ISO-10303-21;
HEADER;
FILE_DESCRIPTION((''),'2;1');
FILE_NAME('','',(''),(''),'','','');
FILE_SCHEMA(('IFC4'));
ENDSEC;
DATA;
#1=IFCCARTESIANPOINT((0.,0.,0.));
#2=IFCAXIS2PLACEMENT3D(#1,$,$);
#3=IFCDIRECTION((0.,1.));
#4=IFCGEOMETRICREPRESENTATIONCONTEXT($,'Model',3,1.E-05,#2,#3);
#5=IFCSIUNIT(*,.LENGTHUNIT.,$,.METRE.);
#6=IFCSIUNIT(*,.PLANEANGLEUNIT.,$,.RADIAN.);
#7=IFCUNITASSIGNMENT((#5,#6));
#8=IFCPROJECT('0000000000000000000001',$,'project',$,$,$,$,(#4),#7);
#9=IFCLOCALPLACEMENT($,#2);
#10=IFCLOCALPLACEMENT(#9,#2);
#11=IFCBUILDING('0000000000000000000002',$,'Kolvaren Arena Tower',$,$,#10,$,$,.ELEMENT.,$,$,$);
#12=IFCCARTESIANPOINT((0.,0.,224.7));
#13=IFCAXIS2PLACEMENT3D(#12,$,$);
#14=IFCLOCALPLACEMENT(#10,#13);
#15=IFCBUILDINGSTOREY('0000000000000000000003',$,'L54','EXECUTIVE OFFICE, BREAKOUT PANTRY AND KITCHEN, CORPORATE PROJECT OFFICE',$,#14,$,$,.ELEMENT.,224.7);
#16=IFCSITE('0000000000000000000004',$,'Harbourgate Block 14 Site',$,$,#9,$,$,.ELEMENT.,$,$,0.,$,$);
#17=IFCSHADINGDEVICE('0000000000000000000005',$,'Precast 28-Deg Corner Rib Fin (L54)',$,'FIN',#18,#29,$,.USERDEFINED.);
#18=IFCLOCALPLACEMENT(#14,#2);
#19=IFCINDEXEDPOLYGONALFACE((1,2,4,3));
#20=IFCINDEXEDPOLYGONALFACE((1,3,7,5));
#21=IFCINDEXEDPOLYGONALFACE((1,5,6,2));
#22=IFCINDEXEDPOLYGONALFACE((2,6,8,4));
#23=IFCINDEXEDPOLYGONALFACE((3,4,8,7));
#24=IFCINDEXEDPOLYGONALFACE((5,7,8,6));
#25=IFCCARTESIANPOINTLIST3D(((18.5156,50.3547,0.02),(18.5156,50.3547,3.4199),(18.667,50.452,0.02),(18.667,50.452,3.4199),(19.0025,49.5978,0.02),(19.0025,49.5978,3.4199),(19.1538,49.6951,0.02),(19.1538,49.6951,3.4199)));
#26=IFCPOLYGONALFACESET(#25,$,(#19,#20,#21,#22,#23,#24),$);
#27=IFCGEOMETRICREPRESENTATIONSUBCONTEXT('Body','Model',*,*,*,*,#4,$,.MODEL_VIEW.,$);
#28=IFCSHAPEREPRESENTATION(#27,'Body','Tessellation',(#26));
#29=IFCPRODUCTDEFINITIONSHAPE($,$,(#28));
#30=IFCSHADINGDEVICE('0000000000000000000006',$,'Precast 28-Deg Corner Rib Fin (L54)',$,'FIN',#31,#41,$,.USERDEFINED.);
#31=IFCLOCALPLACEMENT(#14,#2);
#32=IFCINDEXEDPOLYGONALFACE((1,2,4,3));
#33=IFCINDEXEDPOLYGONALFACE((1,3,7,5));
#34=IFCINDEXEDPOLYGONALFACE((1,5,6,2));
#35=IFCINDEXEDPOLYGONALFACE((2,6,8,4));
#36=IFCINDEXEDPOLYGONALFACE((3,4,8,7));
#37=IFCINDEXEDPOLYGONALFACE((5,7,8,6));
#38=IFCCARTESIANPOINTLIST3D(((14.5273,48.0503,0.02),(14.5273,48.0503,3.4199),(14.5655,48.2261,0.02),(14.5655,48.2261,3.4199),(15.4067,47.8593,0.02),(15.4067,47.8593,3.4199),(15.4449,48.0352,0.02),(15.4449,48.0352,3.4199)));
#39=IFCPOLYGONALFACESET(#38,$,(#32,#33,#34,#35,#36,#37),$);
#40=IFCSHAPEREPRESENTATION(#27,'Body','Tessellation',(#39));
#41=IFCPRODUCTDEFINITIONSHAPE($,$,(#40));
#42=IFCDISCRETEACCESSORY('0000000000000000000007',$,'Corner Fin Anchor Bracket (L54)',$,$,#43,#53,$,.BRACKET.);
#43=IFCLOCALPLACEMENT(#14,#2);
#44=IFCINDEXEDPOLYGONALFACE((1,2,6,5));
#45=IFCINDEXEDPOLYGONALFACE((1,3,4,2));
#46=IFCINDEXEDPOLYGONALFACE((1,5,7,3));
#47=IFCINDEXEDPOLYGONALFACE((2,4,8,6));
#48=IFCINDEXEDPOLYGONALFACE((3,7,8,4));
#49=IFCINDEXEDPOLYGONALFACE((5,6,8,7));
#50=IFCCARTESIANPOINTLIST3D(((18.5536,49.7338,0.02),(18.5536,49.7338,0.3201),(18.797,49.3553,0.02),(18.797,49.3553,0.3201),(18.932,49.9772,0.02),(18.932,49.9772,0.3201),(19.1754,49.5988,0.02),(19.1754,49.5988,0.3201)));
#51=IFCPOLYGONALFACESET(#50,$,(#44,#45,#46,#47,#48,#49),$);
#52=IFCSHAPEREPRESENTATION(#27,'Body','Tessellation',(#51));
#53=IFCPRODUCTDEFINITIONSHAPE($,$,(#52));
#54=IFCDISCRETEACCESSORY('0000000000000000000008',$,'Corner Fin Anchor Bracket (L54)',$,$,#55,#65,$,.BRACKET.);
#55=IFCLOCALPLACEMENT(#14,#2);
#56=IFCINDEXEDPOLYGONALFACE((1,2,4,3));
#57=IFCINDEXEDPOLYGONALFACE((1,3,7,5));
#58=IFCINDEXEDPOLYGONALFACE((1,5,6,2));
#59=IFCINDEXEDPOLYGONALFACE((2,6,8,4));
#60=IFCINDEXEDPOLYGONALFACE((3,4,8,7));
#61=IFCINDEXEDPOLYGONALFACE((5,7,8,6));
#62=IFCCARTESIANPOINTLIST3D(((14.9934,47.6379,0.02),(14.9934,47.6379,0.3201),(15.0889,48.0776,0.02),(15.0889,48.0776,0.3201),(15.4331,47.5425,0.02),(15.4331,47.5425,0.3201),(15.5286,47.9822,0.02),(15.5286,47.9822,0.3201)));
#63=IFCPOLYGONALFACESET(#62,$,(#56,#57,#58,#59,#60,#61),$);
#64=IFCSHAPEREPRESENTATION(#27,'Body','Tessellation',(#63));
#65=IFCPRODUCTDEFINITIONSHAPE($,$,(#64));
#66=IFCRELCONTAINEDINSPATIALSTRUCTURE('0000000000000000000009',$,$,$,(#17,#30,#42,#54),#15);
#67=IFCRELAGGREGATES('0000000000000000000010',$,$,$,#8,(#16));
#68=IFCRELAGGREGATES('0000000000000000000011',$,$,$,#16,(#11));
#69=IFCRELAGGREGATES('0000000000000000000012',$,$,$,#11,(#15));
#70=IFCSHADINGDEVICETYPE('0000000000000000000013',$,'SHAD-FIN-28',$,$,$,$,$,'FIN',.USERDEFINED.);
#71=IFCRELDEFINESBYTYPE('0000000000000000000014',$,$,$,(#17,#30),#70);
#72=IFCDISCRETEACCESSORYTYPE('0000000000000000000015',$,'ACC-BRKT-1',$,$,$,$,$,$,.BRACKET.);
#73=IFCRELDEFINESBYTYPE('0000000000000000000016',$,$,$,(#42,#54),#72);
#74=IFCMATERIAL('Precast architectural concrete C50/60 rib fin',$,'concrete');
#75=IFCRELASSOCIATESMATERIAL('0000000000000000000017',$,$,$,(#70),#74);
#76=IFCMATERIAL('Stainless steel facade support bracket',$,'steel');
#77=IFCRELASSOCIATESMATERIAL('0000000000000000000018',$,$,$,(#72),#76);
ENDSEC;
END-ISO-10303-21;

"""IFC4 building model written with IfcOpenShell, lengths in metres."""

from ifc_helpers import new_model, si_unit, direction, frame, origin, origin_2d, place, context, subcontext, project, spatial, rectangle, extrude, material, type_object, element, save


model = new_model("IFC4")

# Units and contexts
model_context = context("Model", 3, precision=1e-05, world=origin(), true_north=direction((0.0, 1.0)))
body_context = subcontext(model_context, "Body", "Model", "MODEL_VIEW")
ifc_project = project(units=[si_unit("LENGTHUNIT", "METRE"), si_unit("PLANEANGLEUNIT", "RADIAN")], contexts=[model_context])

# Site, building, storey
site_placement = place(None, origin())
site = spatial("IfcSite", under=ifc_project, at=site_placement, Name="Harbourgate Block 14 Site", CompositionType="ELEMENT", RefElevation=0.0)
building_placement = place(site_placement, origin())
building = spatial("IfcBuilding", under=site, at=building_placement, Name="Kolvaren Arena Tower", CompositionType="ELEMENT")
storey_placement = place(building_placement, frame((0.0, 0.0, 224.7)))
storey = spatial("IfcBuildingStorey", under=building, at=storey_placement, Name="L54", Description="EXECUTIVE OFFICE, BREAKOUT PANTRY AND KITCHEN, CORPORATE PROJECT OFFICE", CompositionType="ELEMENT", Elevation=224.7)

# Shading devices
ifc_material_1 = material(Name="Precast architectural concrete C50/60 rib fin", Category="concrete")
shading_device_type = type_object("IfcShadingDeviceType", Name="SHAD-FIN-28", ElementType="FIN", PredefinedType="USERDEFINED", material=ifc_material_1)
for number, where, z_axis, x_axis, name in (
    (1, (18.8347, 50.0249, 0.02), (0.0, 0.0, 1.0), (-0.540982, 0.841034, 0.0), "Precast 28-Deg Corner Rib Fin (L54)"),
    (2, (14.9861, 48.0427, 0.02), (0.0, 0.0, 1.0), (-0.977234, 0.212162, 0.0), "Precast 28-Deg Corner Rib Fin (L54)"),
):
    element("IfcShadingDevice", number, at=place(storey_placement, frame(where, z_axis=z_axis, x_axis=x_axis)), inside=storey, type_object=shading_device_type, Name=name, ObjectType="FIN", PredefinedType="USERDEFINED", context=body_context, shape_type="SweptSolid", body=[
        extrude(rectangle(XDim=0.8999, YDim=0.1799, at=origin_2d()), origin(), (0.0, 0.0, 1.0), 3.3999),
    ])

# Discrete accessories
ifc_material_2 = material(Name="Stainless steel facade support bracket", Category="steel")
discrete_accessory_type = type_object("IfcDiscreteAccessoryType", Name="ACC-BRKT-1", PredefinedType="BRACKET", material=ifc_material_2)
for number, where, z_axis, x_axis, name in (
    (3, (18.8645, 49.6663, 0.02), (0.0, 0.0, 1.0), (-0.540982, 0.841034, 0.0), "Corner Fin Anchor Bracket (L54)"),
    (4, (15.261, 47.8101, 0.02), (0.0, 0.0, 1.0), (-0.977234, 0.212162, 0.0), "Corner Fin Anchor Bracket (L54)"),
):
    element("IfcDiscreteAccessory", number, at=place(storey_placement, frame(where, z_axis=z_axis, x_axis=x_axis)), inside=storey, type_object=discrete_accessory_type, Name=name, PredefinedType="BRACKET", context=body_context, shape_type="SweptSolid", body=[
        extrude(rectangle(XDim=0.45, YDim=0.45, at=origin_2d()), origin(), (0.0, 0.0, 1.0), 0.3),
    ])

save(model, "model.ifc")
